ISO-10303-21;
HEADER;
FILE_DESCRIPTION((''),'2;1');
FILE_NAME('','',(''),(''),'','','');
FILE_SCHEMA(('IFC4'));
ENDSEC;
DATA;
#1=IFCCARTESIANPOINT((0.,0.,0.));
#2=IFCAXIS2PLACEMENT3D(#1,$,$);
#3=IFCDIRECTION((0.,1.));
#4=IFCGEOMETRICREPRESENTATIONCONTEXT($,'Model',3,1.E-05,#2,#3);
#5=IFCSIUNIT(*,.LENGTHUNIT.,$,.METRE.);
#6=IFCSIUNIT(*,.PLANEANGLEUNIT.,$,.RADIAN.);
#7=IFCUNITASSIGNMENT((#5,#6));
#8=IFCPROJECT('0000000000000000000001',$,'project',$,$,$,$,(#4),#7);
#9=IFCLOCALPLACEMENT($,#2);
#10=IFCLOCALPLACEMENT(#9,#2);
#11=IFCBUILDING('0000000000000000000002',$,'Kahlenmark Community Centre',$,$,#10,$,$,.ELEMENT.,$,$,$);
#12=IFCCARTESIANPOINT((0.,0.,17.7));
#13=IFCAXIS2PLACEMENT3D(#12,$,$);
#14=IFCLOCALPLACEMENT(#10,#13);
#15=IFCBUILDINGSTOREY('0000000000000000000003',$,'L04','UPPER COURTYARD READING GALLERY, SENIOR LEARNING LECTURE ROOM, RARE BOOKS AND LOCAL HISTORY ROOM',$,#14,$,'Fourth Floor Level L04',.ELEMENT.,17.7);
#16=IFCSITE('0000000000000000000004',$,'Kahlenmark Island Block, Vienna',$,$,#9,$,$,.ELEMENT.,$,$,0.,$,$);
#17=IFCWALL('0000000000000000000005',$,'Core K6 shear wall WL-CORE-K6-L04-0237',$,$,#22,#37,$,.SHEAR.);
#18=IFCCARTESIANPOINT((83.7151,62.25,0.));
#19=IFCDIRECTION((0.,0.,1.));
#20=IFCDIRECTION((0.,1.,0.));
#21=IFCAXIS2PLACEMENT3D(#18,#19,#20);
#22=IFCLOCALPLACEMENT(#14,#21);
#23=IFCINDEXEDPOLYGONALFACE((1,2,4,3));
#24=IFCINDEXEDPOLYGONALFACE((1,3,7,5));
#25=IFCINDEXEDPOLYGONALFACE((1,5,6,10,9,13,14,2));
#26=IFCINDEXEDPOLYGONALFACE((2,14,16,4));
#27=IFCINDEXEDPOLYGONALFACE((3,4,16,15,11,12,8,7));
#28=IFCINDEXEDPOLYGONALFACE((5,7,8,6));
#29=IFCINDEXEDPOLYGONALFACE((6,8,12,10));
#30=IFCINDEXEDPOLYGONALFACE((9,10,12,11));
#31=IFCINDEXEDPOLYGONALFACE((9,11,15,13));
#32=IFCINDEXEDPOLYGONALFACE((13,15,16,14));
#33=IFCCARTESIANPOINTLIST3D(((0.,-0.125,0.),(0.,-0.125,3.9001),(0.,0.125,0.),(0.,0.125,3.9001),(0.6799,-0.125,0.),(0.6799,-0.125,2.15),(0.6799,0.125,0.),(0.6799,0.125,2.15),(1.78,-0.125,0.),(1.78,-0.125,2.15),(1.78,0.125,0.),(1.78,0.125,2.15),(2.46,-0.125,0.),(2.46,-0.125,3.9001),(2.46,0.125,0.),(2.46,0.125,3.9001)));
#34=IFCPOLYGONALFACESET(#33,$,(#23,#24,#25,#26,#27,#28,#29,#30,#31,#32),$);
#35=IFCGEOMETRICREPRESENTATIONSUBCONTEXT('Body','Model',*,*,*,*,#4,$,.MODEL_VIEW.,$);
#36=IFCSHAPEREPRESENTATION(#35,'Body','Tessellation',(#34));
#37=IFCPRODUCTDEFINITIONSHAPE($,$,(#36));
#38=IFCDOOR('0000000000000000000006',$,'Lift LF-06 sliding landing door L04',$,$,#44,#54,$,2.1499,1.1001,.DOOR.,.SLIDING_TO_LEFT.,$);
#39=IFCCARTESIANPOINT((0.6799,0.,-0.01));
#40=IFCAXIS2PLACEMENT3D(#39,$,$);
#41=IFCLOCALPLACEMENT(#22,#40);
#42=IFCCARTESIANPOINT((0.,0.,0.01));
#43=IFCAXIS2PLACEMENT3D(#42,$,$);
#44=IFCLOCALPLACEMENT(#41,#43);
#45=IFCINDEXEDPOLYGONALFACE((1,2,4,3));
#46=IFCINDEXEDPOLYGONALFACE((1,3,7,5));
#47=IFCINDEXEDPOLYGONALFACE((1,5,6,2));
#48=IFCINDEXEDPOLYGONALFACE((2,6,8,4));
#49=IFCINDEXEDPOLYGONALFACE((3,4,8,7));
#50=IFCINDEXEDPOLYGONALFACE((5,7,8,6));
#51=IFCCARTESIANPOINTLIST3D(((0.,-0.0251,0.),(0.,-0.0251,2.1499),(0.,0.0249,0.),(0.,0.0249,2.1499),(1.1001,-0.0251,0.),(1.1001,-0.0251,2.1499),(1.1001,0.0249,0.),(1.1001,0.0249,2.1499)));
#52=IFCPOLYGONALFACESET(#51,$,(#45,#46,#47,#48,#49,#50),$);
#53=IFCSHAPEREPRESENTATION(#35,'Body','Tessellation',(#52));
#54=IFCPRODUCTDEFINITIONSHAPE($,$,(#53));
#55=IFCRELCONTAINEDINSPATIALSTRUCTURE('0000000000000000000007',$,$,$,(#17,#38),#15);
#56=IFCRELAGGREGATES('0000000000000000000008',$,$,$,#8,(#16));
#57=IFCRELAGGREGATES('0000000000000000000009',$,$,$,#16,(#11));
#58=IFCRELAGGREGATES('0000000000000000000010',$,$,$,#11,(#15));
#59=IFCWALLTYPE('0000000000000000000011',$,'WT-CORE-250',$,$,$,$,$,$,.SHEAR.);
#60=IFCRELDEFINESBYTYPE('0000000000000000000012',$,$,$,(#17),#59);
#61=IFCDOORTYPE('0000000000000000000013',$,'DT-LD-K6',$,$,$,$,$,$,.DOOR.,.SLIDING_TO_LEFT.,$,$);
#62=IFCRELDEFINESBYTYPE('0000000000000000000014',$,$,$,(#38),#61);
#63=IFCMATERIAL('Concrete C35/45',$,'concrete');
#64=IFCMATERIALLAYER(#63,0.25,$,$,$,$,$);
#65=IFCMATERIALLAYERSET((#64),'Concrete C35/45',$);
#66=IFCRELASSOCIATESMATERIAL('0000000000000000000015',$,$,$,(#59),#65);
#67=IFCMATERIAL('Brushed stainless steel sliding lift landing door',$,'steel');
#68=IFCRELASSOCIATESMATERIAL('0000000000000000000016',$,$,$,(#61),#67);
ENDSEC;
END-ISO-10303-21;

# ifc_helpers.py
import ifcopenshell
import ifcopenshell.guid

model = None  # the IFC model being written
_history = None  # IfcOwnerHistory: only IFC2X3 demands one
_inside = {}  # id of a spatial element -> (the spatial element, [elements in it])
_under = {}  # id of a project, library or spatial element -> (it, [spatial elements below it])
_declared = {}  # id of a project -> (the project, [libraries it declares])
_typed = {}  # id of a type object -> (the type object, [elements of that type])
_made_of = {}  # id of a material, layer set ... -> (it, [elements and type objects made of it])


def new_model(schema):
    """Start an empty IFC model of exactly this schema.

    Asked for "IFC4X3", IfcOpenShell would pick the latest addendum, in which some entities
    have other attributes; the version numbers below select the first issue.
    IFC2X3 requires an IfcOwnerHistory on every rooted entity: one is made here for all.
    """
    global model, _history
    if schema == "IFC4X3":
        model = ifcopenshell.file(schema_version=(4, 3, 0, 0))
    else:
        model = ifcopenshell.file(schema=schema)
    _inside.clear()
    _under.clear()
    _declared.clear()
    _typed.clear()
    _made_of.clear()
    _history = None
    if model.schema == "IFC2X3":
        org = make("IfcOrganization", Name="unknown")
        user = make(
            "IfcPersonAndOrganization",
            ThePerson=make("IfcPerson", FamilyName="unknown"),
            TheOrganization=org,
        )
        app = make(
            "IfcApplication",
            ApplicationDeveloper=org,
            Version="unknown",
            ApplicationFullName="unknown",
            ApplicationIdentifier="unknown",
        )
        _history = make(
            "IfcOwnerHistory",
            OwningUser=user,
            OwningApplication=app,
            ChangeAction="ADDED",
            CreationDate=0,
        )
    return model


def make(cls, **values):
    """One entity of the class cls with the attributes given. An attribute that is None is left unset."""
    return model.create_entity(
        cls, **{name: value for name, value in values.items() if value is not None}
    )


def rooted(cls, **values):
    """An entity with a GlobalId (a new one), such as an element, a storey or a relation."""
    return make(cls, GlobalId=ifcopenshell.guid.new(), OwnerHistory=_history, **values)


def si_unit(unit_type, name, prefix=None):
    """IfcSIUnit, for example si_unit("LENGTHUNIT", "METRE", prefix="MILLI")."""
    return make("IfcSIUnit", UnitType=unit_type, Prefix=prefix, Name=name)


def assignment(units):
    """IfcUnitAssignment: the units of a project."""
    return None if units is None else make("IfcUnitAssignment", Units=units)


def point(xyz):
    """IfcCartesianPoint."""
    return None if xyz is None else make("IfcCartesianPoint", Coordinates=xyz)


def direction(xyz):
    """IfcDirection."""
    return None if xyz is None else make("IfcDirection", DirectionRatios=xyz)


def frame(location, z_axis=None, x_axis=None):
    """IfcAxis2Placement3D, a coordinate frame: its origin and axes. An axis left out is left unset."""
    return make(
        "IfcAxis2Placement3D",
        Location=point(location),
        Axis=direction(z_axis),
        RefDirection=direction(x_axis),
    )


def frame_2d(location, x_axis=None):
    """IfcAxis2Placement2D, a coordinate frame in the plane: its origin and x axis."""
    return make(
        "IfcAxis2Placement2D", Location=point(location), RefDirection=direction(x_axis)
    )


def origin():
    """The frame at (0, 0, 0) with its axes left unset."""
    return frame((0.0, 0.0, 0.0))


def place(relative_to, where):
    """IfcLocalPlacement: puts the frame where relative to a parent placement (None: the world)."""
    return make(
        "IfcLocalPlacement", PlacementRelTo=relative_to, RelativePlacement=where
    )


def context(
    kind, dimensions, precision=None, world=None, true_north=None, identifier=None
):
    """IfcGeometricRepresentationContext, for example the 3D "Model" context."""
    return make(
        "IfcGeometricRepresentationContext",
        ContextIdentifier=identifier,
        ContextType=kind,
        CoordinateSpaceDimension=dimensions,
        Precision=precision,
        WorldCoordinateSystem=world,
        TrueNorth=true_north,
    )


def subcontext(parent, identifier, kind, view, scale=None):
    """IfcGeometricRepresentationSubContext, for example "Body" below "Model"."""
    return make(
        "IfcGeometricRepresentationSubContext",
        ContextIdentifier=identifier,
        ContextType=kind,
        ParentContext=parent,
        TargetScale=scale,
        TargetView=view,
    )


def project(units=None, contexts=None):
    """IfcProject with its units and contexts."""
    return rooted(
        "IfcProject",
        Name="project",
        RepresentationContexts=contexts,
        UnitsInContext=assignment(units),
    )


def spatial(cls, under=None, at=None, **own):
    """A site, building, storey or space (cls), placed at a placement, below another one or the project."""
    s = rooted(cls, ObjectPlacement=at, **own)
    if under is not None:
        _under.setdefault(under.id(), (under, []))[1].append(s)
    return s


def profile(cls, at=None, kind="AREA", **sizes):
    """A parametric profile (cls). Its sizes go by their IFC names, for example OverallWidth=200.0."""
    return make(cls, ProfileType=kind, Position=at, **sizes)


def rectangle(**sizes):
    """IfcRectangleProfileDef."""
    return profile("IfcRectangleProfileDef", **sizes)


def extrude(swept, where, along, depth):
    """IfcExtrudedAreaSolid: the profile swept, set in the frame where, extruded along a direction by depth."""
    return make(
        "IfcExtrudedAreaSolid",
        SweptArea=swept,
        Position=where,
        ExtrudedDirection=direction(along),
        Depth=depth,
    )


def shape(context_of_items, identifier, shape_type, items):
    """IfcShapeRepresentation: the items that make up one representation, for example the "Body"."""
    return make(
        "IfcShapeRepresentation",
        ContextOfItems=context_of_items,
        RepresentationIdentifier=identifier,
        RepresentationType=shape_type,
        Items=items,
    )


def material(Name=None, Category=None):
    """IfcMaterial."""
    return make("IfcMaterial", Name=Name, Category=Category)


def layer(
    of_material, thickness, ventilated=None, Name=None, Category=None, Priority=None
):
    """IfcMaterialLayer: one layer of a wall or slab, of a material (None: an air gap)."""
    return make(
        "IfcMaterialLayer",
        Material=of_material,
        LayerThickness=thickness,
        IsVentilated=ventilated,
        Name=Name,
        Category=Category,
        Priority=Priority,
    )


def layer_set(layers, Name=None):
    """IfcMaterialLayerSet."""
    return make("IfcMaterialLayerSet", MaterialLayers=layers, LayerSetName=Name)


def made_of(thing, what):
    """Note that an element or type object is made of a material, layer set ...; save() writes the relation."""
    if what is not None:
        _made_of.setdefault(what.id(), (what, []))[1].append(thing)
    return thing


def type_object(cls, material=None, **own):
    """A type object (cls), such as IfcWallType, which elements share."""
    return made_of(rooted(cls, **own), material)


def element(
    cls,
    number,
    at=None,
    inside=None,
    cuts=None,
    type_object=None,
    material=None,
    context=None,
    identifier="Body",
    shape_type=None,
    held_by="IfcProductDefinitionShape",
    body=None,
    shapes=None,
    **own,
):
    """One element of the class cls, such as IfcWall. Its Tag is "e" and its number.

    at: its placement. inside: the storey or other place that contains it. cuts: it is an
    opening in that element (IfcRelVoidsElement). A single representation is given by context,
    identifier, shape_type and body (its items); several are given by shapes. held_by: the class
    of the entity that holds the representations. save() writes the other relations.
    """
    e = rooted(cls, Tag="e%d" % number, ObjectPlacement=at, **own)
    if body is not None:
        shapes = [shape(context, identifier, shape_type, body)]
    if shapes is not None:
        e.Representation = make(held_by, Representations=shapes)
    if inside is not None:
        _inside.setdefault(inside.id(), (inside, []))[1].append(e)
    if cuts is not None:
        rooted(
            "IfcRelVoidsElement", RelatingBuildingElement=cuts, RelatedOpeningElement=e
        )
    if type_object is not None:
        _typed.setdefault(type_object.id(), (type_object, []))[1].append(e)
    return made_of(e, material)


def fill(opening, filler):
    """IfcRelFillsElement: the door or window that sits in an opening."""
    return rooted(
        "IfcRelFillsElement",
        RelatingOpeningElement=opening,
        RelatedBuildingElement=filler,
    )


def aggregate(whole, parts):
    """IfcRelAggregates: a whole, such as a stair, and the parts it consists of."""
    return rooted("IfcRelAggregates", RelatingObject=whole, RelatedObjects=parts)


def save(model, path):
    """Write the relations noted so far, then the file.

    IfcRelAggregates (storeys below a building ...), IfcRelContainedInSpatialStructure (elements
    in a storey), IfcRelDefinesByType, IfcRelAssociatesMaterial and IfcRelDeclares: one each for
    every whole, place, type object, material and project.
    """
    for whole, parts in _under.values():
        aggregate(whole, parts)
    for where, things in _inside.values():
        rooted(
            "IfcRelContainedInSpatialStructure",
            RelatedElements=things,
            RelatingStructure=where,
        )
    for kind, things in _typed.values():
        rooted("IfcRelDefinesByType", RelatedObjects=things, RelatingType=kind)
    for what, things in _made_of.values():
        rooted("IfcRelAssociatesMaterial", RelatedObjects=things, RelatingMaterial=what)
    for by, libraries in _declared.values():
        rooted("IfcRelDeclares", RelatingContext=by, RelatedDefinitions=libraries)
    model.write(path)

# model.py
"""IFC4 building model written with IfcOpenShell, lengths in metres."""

from ifc_helpers import new_model, si_unit, direction, frame, frame_2d, origin, place, context, subcontext, project, spatial, rectangle, extrude, material, layer, layer_set, type_object, element, fill, save


model = new_model("IFC4")

# Units and contexts
model_context = context("Model", 3, precision=1e-05, world=origin(), true_north=direction((0.0, 1.0)))
body_context = subcontext(model_context, "Body", "Model", "MODEL_VIEW")
ifc_project = project(units=[si_unit("LENGTHUNIT", "METRE"), si_unit("PLANEANGLEUNIT", "RADIAN")], contexts=[model_context])

# Site, building, storey
site_placement = place(None, origin())
site = spatial("IfcSite", under=ifc_project, at=site_placement, Name="Kahlenmark Island Block, Vienna", CompositionType="ELEMENT", RefElevation=0.0)
building_placement = place(site_placement, origin())
building = spatial("IfcBuilding", under=site, at=building_placement, Name="Kahlenmark Community Centre", CompositionType="ELEMENT")
storey_placement = place(building_placement, frame((0.0, 0.0, 17.7)))
storey = spatial("IfcBuildingStorey", under=building, at=storey_placement, Name="L04", Description="UPPER COURTYARD READING GALLERY, SENIOR LEARNING LECTURE ROOM, RARE BOOKS AND LOCAL HISTORY ROOM", LongName="Fourth Floor Level L04", CompositionType="ELEMENT", Elevation=17.7)

# Shared definitions
ifc_material_1 = material(Name="Concrete C35/45", Category="concrete")
ifc_layer_1 = layer(ifc_material_1, 0.25)
ifc_layer_set_1 = layer_set([ifc_layer_1], Name="Concrete C35/45")
wall_type_1 = type_object("IfcWallType", Name="WT-CORE-250", PredefinedType="SHEAR", material=ifc_layer_set_1)

# Wall, opening, door
wall_1_placement = place(storey_placement, frame((83.7151, 62.25, 0.0), z_axis=(0.0, 0.0, 1.0), x_axis=(0.0, 1.0, 0.0)))
wall_1 = element("IfcWall", 1, at=wall_1_placement, inside=storey, type_object=wall_type_1, Name="Core K6 shear wall WL-CORE-K6-L04-0237", PredefinedType="SHEAR", context=body_context, shape_type="SweptSolid", body=[
    extrude(rectangle(XDim=2.46, YDim=0.25, at=frame_2d((1.23, 0.0))), origin(), (0.0, 0.0, 1.0), 3.9001),
])
opening_1_placement = place(wall_1_placement, frame((0.6799, 0.0, -0.01)))
opening_1 = element("IfcOpeningElement", 2, at=opening_1_placement, cuts=wall_1, PredefinedType="OPENING", context=body_context, shape_type="SweptSolid", body=[
    extrude(rectangle(XDim=1.1001, YDim=2.1599, at=frame_2d((0.55, 1.0801))), frame((0.0, 0.135, 0.0), z_axis=(0.0, -1.0, 0.0), x_axis=(1.0, 0.0, 0.0)), (0.0, 0.0, 1.0), 0.27),
])
ifc_material_2 = material(Name="Brushed stainless steel sliding lift landing door", Category="steel")
door_type = type_object("IfcDoorType", Name="DT-LD-K6", OperationType="SLIDING_TO_LEFT", PredefinedType="DOOR", material=ifc_material_2)
door_placement = place(opening_1_placement, frame((0.0, 0.0, 0.01)))
door = element("IfcDoor", 3, at=door_placement, inside=storey, type_object=door_type, Name="Lift LF-06 sliding landing door L04", OperationType="SLIDING_TO_LEFT", OverallHeight=2.1499, OverallWidth=1.1001, PredefinedType="DOOR", context=body_context, shape_type="SweptSolid", body=[
    extrude(rectangle(XDim=1.1001, YDim=2.1499, at=frame_2d((0.55, 1.075))), frame((0.0, 0.0249, 0.0), z_axis=(0.0, -1.0, 0.0), x_axis=(1.0, 0.0, 0.0)), (0.0, 0.0, 1.0), 0.05),
])
fill(opening_1, door)

save(model, "model.ifc")
